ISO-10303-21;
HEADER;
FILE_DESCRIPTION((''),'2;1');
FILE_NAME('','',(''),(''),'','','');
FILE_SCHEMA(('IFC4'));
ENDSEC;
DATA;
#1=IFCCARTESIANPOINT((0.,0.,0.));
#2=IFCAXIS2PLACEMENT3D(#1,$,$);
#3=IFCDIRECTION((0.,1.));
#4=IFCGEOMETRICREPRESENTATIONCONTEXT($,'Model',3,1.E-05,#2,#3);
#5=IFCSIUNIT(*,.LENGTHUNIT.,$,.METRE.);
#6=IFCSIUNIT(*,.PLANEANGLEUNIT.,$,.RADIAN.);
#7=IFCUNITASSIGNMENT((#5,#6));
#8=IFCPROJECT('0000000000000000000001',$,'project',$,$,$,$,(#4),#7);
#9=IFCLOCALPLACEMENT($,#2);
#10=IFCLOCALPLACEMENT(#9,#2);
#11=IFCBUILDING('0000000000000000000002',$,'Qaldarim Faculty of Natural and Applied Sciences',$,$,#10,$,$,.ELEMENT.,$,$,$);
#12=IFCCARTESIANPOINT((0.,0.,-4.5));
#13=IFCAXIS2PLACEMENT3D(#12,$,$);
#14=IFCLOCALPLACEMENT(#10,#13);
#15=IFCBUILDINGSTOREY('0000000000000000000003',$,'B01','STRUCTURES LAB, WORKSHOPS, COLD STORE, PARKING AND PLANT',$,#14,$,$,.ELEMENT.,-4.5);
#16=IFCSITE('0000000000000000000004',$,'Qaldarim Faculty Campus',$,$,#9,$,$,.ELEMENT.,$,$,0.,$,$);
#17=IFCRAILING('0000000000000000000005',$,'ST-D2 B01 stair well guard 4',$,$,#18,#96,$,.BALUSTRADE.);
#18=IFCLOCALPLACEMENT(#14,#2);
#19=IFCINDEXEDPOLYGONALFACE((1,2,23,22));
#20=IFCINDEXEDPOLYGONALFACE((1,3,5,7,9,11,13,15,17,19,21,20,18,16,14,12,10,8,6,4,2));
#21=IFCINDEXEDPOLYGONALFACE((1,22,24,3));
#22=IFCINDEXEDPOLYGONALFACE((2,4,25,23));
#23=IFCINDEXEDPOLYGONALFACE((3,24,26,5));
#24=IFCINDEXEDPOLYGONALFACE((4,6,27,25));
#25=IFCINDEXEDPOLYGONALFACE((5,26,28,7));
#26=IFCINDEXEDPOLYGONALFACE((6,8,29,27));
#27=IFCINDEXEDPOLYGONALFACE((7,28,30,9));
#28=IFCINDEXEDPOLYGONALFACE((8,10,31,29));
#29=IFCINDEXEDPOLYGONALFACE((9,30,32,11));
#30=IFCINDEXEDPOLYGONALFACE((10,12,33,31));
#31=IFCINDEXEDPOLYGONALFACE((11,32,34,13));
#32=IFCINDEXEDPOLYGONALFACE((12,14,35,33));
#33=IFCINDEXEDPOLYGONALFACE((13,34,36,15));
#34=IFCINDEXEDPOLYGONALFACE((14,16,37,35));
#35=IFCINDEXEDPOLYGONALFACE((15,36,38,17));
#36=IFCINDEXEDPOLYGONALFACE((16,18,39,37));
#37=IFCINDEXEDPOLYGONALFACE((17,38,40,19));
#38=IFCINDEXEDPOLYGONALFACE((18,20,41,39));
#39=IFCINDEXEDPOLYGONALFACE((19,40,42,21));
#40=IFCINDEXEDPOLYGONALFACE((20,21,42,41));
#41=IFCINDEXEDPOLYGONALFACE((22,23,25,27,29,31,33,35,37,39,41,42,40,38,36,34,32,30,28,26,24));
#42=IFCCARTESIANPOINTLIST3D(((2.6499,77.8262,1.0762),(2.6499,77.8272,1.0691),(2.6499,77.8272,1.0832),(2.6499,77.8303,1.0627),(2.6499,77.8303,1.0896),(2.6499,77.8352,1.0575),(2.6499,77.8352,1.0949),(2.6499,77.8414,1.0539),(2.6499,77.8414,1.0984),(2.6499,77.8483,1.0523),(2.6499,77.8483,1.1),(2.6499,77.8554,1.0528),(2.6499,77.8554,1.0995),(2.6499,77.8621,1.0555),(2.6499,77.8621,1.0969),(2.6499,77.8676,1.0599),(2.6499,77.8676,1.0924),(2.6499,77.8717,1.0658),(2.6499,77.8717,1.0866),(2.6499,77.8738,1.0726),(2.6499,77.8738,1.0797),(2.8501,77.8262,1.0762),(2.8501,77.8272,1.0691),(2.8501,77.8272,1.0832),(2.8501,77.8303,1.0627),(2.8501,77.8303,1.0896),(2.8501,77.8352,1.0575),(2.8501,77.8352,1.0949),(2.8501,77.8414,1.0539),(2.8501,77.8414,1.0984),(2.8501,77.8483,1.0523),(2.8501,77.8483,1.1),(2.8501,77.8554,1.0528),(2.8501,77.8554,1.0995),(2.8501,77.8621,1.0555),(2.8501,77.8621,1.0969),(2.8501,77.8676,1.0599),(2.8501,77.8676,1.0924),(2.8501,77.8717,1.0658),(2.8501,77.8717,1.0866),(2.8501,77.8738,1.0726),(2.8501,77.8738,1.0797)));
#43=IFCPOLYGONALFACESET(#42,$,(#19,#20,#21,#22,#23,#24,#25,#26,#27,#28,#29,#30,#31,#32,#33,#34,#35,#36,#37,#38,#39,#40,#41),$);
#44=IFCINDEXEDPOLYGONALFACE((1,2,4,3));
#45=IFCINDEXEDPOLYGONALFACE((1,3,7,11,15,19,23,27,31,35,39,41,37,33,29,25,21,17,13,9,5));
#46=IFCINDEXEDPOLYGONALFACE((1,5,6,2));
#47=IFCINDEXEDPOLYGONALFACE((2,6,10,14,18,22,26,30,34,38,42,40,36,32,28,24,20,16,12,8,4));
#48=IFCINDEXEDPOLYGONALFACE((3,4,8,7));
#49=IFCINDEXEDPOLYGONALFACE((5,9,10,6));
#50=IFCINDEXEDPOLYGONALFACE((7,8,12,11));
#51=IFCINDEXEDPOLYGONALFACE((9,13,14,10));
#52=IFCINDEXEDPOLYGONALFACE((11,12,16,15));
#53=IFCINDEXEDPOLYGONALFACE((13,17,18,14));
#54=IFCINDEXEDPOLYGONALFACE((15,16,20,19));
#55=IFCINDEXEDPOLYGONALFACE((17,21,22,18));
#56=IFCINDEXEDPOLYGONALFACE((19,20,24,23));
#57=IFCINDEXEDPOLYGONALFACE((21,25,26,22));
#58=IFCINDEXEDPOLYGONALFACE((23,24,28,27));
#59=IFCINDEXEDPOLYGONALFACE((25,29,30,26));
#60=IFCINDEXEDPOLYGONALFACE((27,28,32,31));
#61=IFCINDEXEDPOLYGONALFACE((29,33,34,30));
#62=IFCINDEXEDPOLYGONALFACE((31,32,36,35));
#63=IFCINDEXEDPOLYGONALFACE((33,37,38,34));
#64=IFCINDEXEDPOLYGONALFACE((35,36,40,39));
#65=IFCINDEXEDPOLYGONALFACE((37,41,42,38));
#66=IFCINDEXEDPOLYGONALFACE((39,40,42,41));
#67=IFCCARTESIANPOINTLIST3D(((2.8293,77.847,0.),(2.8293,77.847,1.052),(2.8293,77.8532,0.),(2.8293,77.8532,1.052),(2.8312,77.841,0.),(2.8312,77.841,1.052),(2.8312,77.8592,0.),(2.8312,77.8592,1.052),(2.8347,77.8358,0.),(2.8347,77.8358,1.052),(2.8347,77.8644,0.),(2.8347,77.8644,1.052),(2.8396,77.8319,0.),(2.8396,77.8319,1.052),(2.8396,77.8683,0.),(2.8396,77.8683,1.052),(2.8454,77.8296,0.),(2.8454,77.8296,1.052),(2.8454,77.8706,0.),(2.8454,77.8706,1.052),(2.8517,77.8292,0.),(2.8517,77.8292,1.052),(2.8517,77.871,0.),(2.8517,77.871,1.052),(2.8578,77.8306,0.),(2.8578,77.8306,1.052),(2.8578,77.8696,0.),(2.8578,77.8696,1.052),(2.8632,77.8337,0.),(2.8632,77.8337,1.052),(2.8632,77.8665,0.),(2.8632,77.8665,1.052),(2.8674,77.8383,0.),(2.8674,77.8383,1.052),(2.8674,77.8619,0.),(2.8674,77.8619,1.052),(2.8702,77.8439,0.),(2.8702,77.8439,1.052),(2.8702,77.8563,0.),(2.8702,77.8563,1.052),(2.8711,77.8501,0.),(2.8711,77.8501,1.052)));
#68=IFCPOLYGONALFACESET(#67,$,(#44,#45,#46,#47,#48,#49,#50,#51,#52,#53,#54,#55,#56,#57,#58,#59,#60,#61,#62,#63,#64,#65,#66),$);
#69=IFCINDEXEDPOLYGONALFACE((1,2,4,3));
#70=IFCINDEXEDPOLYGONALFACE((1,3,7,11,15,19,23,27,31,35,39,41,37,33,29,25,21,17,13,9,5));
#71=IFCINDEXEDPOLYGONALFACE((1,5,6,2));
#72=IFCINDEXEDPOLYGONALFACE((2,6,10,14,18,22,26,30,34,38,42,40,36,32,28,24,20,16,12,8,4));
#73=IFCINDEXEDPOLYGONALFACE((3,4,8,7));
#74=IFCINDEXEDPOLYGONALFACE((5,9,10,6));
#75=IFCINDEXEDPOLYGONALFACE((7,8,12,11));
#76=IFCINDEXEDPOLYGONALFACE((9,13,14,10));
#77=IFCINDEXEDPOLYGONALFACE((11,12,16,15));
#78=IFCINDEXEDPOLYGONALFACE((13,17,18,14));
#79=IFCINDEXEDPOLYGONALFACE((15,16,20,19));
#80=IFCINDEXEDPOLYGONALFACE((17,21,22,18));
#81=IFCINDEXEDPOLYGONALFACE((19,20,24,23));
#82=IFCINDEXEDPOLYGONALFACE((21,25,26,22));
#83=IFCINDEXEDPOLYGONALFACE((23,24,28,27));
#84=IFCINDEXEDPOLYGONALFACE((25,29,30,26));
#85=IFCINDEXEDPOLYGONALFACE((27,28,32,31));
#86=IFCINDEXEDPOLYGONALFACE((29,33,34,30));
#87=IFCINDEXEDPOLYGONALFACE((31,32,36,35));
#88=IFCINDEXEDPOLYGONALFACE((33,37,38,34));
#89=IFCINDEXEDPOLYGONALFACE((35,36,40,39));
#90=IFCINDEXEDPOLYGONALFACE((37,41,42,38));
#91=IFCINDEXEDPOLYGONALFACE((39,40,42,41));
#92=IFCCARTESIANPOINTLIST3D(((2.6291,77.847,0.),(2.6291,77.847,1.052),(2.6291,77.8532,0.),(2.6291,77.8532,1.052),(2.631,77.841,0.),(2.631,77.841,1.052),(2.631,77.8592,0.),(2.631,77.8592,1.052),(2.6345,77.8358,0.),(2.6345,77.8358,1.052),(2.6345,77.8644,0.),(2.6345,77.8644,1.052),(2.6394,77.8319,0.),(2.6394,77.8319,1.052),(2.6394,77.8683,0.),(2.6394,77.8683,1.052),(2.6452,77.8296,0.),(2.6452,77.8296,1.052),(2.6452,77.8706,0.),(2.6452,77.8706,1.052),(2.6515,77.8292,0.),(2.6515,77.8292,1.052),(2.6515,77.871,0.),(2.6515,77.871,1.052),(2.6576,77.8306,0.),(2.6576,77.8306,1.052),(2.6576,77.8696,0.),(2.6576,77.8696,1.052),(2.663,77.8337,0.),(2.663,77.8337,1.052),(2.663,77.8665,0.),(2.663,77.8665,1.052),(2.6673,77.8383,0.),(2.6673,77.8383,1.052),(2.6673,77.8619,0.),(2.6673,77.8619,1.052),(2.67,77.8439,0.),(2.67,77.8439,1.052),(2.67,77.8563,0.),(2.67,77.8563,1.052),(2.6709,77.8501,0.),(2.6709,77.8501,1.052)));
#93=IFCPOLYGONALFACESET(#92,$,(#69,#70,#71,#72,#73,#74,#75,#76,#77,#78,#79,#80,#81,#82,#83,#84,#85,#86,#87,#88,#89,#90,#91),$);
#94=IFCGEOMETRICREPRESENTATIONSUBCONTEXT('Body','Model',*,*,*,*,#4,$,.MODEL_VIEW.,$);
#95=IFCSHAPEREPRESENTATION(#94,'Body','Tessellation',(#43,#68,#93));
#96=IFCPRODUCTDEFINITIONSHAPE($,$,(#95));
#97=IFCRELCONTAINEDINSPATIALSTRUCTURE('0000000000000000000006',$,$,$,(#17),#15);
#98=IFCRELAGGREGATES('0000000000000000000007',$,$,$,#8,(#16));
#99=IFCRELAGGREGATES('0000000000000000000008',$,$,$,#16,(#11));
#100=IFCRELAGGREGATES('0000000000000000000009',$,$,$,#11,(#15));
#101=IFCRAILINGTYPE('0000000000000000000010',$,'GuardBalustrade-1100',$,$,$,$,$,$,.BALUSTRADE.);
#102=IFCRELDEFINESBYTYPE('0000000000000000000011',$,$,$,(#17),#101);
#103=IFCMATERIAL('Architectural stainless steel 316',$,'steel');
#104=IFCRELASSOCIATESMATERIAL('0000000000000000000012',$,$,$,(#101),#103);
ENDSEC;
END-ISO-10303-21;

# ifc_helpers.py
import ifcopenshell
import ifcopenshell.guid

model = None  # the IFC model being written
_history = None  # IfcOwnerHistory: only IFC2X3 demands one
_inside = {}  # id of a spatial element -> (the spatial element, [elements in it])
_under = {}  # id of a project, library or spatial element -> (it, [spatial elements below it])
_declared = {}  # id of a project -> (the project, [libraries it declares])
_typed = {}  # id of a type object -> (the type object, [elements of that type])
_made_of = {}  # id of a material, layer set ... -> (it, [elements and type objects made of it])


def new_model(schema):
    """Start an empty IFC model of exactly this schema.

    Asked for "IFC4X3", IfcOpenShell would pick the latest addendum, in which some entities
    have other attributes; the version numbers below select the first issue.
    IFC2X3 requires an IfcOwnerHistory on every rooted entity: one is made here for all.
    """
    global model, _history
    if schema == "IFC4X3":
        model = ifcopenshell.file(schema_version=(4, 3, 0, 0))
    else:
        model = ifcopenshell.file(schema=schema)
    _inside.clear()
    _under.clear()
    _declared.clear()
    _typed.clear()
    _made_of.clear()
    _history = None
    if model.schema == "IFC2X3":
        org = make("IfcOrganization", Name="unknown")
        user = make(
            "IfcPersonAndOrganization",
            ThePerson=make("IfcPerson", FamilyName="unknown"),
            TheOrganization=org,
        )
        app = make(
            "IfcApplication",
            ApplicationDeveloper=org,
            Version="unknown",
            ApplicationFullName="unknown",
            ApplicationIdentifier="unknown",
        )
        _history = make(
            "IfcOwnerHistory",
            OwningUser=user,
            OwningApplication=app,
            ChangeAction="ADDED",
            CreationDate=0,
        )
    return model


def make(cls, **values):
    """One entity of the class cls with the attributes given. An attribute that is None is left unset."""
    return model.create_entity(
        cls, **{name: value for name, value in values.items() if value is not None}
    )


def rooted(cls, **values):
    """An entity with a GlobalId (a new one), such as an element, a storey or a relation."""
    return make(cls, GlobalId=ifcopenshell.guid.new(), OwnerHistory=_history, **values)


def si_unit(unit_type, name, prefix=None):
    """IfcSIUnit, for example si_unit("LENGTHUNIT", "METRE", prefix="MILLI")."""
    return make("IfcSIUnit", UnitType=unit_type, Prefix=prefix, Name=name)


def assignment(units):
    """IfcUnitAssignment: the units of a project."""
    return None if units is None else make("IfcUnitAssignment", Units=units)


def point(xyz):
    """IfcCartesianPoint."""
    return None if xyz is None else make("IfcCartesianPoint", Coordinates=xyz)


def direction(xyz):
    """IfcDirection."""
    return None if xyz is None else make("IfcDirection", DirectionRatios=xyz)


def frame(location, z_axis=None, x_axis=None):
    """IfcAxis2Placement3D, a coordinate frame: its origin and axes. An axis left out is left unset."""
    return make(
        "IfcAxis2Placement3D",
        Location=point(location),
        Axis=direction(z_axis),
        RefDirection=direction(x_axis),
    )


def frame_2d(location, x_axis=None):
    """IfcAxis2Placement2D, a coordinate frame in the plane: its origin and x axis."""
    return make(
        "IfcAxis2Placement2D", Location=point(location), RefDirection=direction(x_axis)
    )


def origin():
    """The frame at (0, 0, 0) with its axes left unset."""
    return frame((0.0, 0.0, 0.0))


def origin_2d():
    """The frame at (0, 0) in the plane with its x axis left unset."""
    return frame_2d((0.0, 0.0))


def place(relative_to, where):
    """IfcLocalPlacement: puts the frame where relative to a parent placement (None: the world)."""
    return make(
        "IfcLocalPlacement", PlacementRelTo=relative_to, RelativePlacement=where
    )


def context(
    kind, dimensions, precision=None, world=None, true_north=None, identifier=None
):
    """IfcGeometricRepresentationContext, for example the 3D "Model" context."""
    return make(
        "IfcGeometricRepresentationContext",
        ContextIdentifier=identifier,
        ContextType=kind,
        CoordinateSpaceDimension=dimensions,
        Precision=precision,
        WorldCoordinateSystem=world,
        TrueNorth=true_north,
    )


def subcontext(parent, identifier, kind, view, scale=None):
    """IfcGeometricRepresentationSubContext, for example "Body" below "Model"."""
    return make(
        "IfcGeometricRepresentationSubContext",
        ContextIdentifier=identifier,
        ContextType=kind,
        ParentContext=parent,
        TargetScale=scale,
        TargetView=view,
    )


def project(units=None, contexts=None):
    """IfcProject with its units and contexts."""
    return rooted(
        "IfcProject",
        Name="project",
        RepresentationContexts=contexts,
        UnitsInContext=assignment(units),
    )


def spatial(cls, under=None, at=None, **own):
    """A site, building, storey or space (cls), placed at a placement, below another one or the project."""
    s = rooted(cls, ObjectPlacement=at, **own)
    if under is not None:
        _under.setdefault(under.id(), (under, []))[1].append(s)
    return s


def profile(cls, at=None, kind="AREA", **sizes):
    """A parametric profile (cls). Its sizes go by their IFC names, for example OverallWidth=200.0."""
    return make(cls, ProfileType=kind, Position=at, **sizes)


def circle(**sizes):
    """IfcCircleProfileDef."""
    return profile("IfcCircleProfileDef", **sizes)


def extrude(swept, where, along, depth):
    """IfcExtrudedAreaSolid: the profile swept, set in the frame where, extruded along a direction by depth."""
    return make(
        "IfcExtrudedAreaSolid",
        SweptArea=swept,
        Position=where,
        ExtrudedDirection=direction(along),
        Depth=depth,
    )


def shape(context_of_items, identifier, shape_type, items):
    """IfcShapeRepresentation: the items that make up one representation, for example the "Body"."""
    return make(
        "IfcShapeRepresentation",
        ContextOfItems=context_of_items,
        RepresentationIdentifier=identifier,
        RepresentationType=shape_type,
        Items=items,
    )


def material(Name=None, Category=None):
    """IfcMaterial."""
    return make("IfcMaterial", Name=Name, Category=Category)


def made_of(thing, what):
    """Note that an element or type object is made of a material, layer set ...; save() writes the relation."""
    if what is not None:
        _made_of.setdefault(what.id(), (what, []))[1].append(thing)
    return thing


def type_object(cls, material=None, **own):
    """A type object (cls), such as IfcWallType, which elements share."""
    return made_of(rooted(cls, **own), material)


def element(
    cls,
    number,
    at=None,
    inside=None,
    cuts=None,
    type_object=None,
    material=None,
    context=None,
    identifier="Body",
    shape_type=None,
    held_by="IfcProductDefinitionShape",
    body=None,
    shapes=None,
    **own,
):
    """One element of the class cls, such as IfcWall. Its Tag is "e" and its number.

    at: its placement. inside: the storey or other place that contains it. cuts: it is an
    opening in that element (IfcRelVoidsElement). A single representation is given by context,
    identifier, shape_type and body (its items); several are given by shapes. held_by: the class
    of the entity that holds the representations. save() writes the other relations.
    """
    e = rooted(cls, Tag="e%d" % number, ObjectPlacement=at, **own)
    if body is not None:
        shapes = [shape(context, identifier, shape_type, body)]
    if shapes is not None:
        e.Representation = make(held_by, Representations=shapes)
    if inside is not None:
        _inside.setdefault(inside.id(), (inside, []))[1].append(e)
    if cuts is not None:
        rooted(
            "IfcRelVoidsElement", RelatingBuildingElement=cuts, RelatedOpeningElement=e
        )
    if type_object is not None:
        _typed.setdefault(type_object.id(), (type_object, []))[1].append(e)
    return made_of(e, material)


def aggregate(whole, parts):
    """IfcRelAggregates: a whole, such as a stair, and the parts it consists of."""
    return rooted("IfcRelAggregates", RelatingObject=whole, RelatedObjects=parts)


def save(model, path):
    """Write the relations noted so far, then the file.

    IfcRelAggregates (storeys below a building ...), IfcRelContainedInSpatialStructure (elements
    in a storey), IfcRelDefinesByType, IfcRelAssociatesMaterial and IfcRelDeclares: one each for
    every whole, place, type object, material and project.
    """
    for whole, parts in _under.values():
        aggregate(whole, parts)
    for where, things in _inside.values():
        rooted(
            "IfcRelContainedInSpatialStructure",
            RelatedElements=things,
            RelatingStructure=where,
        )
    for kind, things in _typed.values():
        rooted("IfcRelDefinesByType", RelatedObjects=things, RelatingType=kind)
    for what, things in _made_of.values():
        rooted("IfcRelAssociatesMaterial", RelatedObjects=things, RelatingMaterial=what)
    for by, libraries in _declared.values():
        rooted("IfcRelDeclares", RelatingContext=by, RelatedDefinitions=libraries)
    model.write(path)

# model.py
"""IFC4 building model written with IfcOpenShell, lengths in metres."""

from ifc_helpers import new_model, si_unit, direction, frame, origin, origin_2d, place, context, subcontext, project, spatial, circle, extrude, material, type_object, element, save


model = new_model("IFC4")

# Units and contexts
model_context = context("Model", 3, precision=1e-05, world=origin(), true_north=direction((0.0, 1.0)))
body_context = subcontext(model_context, "Body", "Model", "MODEL_VIEW")
ifc_project = project(units=[si_unit("LENGTHUNIT", "METRE"), si_unit("PLANEANGLEUNIT", "RADIAN")], contexts=[model_context])

# Site, building, storey
site_placement = place(None, origin())
site = spatial("IfcSite", under=ifc_project, at=site_placement, Name="Qaldarim Faculty Campus", CompositionType="ELEMENT", RefElevation=0.0)
building_placement = place(site_placement, origin())
building = spatial("IfcBuilding", under=site, at=building_placement, Name="Qaldarim Faculty of Natural and Applied Sciences", CompositionType="ELEMENT")
storey_placement = place(building_placement, frame((0.0, 0.0, -4.5)))
storey = spatial("IfcBuildingStorey", under=building, at=storey_placement, Name="B01", Description="STRUCTURES LAB, WORKSHOPS, COLD STORE, PARKING AND PLANT", CompositionType="ELEMENT", Elevation=-4.5)

# Shared definitions
ifc_material_1 = material(Name="Architectural stainless steel 316", Category="steel")

# Railing
railing_type_1 = type_object("IfcRailingType", Name="GuardBalustrade-1100", PredefinedType="BALUSTRADE", material=ifc_material_1)
railing_1_placement = place(storey_placement, frame((2.8501, 77.8501, 0.0)))
element("IfcRailing", 1, at=railing_1_placement, inside=storey, type_object=railing_type_1, Name="ST-D2 B01 stair well guard 4", PredefinedType="BALUSTRADE", context=body_context, shape_type="SweptSolid", body=[
    extrude(circle(Radius=0.0239, at=origin_2d()), frame((0.0, 0.0, 1.0762), z_axis=(-1.0, 0.0, 0.0), x_axis=(0.0, -1.0, 0.0)), (0.0, 0.0, 1.0), 0.2002),
    extrude(circle(Radius=0.021, at=origin_2d()), origin(), (0.0, 0.0, 1.0), 1.052),
    extrude(circle(Radius=0.021, at=origin_2d()), frame((-0.2002, 0.0, 0.0)), (0.0, 0.0, 1.0), 1.052),
])

save(model, "model.ifc")
